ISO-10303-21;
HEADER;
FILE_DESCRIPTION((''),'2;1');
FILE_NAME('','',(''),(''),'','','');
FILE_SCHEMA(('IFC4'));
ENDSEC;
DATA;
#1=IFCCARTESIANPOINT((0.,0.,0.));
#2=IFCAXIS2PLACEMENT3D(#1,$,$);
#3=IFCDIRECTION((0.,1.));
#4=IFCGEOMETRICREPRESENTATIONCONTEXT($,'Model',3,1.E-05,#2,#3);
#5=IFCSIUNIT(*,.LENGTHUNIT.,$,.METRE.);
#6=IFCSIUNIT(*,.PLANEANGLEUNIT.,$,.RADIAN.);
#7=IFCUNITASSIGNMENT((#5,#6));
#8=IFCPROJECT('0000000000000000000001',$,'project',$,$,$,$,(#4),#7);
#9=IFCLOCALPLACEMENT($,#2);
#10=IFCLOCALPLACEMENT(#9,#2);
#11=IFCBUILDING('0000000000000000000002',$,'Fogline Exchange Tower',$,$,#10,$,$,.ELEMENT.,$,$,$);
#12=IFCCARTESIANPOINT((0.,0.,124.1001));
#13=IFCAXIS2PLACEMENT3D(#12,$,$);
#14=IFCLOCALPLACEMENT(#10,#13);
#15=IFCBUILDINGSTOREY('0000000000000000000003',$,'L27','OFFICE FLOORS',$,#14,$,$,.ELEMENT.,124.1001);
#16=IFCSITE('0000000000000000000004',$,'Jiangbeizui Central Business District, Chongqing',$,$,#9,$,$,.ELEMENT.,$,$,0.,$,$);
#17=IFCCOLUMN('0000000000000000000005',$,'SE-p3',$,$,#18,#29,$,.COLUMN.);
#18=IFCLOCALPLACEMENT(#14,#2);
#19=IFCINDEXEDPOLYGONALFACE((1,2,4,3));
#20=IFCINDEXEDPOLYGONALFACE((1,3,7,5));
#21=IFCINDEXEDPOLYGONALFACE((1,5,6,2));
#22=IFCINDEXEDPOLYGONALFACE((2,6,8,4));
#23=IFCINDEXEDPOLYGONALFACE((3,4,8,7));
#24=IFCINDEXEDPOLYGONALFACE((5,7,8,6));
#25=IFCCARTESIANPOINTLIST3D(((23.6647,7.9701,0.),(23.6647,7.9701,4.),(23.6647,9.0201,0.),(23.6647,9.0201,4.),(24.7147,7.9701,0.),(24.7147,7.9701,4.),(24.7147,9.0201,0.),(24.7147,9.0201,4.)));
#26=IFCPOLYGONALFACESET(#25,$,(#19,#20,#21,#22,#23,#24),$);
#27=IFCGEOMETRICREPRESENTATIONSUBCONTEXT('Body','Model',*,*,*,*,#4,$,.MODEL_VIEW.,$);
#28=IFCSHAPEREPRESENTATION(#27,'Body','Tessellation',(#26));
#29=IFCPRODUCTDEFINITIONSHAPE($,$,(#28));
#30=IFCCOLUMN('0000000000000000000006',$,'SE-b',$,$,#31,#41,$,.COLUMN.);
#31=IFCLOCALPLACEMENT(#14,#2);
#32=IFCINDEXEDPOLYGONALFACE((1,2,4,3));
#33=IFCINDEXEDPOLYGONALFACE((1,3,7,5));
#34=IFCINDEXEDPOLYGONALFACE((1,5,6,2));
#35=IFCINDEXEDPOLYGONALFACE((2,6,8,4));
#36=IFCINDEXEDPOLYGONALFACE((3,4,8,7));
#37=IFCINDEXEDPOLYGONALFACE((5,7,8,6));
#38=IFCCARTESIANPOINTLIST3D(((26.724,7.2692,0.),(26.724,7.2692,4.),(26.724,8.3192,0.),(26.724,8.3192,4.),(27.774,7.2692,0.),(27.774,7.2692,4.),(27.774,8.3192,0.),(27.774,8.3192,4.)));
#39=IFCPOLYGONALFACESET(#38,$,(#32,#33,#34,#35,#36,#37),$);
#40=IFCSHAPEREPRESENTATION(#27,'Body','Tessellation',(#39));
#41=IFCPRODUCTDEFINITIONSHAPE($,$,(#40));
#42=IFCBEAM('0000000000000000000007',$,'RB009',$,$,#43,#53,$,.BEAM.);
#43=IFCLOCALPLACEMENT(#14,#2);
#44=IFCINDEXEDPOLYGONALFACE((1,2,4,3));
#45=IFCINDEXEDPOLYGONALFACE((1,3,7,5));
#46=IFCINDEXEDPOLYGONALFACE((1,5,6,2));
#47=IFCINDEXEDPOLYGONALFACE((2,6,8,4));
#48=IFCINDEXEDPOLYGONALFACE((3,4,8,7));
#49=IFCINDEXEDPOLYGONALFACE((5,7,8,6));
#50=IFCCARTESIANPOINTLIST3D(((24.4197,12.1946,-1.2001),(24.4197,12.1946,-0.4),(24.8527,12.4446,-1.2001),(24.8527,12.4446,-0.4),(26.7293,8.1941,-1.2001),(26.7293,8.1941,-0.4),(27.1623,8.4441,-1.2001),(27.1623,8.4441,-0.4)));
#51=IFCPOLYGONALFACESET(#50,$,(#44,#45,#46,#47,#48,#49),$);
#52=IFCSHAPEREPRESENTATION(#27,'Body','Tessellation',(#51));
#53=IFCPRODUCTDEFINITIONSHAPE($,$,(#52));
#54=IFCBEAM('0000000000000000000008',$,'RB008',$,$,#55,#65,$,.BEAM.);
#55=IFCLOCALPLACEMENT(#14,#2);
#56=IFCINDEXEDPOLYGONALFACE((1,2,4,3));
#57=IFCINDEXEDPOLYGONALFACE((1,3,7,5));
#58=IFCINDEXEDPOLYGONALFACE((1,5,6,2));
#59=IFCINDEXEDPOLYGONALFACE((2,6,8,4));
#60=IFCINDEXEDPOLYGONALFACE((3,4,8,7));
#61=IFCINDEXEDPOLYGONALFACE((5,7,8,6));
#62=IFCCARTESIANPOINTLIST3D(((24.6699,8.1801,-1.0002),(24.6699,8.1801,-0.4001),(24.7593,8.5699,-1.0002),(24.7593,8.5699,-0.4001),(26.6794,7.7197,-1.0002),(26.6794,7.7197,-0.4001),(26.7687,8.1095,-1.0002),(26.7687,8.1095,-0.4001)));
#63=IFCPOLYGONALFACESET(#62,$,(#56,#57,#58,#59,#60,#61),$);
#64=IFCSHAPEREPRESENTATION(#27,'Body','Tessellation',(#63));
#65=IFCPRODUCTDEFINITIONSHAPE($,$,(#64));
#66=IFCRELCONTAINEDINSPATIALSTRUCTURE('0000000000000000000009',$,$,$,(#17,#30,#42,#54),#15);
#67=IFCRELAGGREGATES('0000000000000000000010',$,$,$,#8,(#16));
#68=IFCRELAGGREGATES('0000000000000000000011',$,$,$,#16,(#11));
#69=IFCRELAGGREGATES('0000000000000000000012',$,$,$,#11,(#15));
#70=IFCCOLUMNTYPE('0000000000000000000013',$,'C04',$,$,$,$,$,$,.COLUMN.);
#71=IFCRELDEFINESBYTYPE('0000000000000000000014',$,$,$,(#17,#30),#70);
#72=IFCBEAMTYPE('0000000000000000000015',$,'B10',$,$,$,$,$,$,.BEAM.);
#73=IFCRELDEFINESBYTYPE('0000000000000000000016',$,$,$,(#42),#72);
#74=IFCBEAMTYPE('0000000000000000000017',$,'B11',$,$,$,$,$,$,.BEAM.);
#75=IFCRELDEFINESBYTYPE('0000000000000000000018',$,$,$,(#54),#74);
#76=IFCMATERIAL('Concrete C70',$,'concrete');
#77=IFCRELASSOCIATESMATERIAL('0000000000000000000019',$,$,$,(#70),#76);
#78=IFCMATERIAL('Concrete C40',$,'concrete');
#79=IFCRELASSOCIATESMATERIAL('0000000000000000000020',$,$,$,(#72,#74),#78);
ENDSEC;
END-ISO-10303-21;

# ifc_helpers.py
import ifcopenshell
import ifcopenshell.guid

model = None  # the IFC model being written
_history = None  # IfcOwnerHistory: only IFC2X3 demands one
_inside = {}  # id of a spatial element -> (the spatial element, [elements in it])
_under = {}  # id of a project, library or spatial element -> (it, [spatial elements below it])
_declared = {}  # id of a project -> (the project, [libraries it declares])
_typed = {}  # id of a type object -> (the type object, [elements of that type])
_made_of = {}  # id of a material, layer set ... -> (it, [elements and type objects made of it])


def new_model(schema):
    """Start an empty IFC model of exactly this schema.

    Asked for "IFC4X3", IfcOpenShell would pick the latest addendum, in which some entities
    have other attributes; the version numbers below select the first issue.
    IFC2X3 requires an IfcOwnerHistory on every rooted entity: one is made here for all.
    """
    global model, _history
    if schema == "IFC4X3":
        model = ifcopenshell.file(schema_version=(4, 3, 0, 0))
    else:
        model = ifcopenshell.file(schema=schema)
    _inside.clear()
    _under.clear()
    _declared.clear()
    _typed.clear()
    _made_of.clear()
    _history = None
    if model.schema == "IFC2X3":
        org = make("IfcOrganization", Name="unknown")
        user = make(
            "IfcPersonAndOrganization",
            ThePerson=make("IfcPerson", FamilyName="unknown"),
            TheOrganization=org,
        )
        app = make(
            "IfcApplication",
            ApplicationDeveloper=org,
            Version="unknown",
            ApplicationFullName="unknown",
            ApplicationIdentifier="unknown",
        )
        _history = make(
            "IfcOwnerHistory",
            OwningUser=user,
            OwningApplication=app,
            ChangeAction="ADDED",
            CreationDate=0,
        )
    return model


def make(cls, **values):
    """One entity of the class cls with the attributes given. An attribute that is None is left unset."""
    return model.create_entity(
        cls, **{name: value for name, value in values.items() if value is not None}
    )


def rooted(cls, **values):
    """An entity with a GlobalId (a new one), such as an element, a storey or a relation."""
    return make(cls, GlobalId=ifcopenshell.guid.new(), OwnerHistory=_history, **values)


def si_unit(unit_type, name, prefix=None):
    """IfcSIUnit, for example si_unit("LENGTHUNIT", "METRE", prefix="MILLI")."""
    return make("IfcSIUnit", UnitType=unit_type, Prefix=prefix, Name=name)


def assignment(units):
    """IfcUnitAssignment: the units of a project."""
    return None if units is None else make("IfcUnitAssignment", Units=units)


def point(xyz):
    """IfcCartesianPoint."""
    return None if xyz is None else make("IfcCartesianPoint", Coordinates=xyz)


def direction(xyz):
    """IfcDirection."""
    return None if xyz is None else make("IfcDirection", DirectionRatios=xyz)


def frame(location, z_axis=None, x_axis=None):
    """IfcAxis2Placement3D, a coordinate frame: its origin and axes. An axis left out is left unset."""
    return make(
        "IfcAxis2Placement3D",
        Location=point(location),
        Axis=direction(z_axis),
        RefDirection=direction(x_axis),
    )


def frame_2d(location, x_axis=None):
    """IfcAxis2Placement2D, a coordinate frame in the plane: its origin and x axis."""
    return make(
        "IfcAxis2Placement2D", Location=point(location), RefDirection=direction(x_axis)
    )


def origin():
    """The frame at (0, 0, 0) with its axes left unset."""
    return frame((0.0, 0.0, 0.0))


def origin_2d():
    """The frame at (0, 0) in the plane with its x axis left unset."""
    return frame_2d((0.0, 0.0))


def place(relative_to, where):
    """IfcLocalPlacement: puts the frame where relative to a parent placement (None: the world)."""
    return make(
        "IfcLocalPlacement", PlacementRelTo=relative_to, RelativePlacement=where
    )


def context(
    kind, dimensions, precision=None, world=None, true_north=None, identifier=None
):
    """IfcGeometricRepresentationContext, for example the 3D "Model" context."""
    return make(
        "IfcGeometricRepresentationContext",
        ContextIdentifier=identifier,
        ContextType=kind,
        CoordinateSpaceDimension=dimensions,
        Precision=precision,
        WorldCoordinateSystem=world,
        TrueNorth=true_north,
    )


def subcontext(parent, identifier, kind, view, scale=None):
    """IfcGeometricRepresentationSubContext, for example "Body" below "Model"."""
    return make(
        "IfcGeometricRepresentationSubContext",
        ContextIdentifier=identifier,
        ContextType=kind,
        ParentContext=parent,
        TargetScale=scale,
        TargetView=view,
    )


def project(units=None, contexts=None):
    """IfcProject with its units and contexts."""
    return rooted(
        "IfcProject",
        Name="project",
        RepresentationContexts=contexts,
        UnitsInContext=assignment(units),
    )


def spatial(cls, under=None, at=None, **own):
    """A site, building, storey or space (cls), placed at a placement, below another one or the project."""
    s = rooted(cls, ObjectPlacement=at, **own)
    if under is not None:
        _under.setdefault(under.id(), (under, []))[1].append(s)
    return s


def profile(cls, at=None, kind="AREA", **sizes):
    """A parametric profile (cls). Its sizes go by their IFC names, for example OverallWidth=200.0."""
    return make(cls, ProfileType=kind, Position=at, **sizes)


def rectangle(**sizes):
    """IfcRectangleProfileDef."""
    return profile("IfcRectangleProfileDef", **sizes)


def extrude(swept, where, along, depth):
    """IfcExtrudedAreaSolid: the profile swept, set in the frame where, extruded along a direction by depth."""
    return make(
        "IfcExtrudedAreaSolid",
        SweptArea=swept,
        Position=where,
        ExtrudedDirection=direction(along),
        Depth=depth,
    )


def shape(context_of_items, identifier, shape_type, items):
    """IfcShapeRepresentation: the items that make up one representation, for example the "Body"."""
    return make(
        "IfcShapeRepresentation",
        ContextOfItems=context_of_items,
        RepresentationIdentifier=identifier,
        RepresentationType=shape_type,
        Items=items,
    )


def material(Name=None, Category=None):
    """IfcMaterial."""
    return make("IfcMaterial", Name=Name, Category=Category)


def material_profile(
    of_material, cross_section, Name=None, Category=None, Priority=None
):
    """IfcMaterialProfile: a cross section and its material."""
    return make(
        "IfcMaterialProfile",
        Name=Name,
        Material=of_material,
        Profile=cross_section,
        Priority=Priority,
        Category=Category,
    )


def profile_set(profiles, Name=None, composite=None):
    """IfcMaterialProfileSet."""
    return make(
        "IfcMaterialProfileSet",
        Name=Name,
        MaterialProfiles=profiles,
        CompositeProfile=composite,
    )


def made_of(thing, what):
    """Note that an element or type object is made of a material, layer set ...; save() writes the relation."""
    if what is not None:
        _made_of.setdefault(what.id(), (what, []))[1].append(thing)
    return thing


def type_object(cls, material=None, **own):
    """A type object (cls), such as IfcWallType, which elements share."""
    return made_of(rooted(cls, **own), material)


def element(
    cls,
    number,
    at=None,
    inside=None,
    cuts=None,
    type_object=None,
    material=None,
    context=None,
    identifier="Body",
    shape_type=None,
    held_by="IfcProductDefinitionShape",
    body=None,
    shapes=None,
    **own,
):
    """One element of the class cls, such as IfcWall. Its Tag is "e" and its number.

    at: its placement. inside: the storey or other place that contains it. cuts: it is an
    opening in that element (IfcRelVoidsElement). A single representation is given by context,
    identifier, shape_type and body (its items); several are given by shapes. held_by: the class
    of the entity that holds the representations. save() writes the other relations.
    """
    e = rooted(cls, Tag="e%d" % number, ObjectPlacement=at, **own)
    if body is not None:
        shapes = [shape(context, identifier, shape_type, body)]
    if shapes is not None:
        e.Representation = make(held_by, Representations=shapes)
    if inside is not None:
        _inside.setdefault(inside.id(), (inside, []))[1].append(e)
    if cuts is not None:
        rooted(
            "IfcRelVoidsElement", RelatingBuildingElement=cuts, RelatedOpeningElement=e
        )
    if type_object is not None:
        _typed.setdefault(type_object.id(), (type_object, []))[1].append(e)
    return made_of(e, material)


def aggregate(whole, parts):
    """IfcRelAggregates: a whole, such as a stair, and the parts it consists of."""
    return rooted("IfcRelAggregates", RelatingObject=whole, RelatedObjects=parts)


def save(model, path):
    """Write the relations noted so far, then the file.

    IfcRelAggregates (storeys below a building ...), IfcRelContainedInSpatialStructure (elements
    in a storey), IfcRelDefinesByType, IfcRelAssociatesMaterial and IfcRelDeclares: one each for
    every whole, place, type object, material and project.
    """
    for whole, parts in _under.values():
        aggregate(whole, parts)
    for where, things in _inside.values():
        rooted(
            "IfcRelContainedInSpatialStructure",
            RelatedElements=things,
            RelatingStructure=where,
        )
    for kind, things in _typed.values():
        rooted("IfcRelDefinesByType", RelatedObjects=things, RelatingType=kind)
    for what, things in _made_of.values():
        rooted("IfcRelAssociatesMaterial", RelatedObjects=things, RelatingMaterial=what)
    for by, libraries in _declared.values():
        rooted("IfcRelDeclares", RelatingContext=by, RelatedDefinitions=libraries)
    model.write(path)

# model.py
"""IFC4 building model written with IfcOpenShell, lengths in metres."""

from ifc_helpers import new_model, si_unit, direction, frame, origin, origin_2d, place, context, subcontext, project, spatial, rectangle, extrude, material, material_profile, profile_set, type_object, element, save


model = new_model("IFC4")

# Units and contexts
model_context = context("Model", 3, precision=1e-05, world=origin(), true_north=direction((0.0, 1.0)))
body_context = subcontext(model_context, "Body", "Model", "MODEL_VIEW")
ifc_project = project(units=[si_unit("LENGTHUNIT", "METRE"), si_unit("PLANEANGLEUNIT", "RADIAN")], contexts=[model_context])

# Site, building, storey
site_placement = place(None, origin())
site = spatial("IfcSite", under=ifc_project, at=site_placement, Name="Jiangbeizui Central Business District, Chongqing", CompositionType="ELEMENT", RefElevation=0.0)
building_placement = place(site_placement, origin())
building = spatial("IfcBuilding", under=site, at=building_placement, Name="Fogline Exchange Tower", CompositionType="ELEMENT")
storey_placement = place(building_placement, frame((0.0, 0.0, 124.1001)))
storey = spatial("IfcBuildingStorey", under=building, at=storey_placement, Name="L27", Description="OFFICE FLOORS", CompositionType="ELEMENT", Elevation=124.1001)

# Columns
ifc_material_1 = material(Name="Concrete C70", Category="concrete")
ifc_material_profile_1 = material_profile(ifc_material_1, rectangle(XDim=1.05, YDim=1.05, at=origin_2d()), Name="RC 1050x1050")
ifc_profile_set_1 = profile_set([ifc_material_profile_1], Name="Concrete C70")
column_type = type_object("IfcColumnType", Name="C04", PredefinedType="COLUMN", material=ifc_profile_set_1)
for number, where, z_axis, x_axis, name in (
    (1, (24.1897, 8.4951, 0.0), (0.0, 0.0, 1.0), (1.0, 0.0, 0.0), "SE-p3"),
    (2, (27.249, 7.7942, 0.0), (0.0, 0.0, 1.0), (1.0, 0.0, 0.0), "SE-b"),
):
    element("IfcColumn", number, at=place(storey_placement, frame(where, z_axis=z_axis, x_axis=x_axis)), inside=storey, type_object=column_type, Name=name, PredefinedType="COLUMN", context=body_context, shape_type="SweptSolid", body=[
        extrude(rectangle(XDim=1.05, YDim=1.05, at=origin_2d()), origin(), (0.0, 0.0, 1.0), 4.0),
    ])

# Beams
ifc_material_2 = material(Name="Concrete C40", Category="concrete")
ifc_material_profile_2 = material_profile(ifc_material_2, rectangle(XDim=0.5, YDim=0.8, at=origin_2d()), Name="RC 500x800")
ifc_profile_set_2 = profile_set([ifc_material_profile_2], Name="Concrete C40")
beam_type_1 = type_object("IfcBeamType", Name="B10", PredefinedType="BEAM", material=ifc_profile_set_2)
beam_1_placement = place(storey_placement, frame((26.9458, 8.3191, -0.8), z_axis=(-0.499982, 0.866036, 0.0), x_axis=(-0.866036, -0.499982, 0.0)))
element("IfcBeam", 3, at=beam_1_placement, inside=storey, type_object=beam_type_1, Name="RB009", PredefinedType="BEAM", context=body_context, shape_type="SweptSolid", body=[
    extrude(rectangle(XDim=0.5, YDim=0.8, at=origin_2d()), origin(), (0.0, 0.0, 1.0), 4.6194),
])
ifc_material_profile_3 = material_profile(ifc_material_2, rectangle(XDim=0.3999, YDim=0.6001, at=origin_2d()), Name="RC 400x600")
ifc_profile_set_3 = profile_set([ifc_material_profile_3], Name="Concrete C40")
beam_type_2 = type_object("IfcBeamType", Name="B11", PredefinedType="BEAM", material=ifc_profile_set_3)
beam_2_placement = place(storey_placement, frame((24.7146, 8.375, -0.7002), z_axis=(0.974739, -0.223346, 0.0), x_axis=(0.223346, 0.974739, 0.0)))
element("IfcBeam", 4, at=beam_2_placement, inside=storey, type_object=beam_type_2, Name="RB008", PredefinedType="BEAM", context=body_context, shape_type="SweptSolid", body=[
    extrude(rectangle(XDim=0.3999, YDim=0.6001, at=origin_2d()), origin(), (0.0, 0.0, 1.0), 2.0615),
])

save(model, "model.ifc")
